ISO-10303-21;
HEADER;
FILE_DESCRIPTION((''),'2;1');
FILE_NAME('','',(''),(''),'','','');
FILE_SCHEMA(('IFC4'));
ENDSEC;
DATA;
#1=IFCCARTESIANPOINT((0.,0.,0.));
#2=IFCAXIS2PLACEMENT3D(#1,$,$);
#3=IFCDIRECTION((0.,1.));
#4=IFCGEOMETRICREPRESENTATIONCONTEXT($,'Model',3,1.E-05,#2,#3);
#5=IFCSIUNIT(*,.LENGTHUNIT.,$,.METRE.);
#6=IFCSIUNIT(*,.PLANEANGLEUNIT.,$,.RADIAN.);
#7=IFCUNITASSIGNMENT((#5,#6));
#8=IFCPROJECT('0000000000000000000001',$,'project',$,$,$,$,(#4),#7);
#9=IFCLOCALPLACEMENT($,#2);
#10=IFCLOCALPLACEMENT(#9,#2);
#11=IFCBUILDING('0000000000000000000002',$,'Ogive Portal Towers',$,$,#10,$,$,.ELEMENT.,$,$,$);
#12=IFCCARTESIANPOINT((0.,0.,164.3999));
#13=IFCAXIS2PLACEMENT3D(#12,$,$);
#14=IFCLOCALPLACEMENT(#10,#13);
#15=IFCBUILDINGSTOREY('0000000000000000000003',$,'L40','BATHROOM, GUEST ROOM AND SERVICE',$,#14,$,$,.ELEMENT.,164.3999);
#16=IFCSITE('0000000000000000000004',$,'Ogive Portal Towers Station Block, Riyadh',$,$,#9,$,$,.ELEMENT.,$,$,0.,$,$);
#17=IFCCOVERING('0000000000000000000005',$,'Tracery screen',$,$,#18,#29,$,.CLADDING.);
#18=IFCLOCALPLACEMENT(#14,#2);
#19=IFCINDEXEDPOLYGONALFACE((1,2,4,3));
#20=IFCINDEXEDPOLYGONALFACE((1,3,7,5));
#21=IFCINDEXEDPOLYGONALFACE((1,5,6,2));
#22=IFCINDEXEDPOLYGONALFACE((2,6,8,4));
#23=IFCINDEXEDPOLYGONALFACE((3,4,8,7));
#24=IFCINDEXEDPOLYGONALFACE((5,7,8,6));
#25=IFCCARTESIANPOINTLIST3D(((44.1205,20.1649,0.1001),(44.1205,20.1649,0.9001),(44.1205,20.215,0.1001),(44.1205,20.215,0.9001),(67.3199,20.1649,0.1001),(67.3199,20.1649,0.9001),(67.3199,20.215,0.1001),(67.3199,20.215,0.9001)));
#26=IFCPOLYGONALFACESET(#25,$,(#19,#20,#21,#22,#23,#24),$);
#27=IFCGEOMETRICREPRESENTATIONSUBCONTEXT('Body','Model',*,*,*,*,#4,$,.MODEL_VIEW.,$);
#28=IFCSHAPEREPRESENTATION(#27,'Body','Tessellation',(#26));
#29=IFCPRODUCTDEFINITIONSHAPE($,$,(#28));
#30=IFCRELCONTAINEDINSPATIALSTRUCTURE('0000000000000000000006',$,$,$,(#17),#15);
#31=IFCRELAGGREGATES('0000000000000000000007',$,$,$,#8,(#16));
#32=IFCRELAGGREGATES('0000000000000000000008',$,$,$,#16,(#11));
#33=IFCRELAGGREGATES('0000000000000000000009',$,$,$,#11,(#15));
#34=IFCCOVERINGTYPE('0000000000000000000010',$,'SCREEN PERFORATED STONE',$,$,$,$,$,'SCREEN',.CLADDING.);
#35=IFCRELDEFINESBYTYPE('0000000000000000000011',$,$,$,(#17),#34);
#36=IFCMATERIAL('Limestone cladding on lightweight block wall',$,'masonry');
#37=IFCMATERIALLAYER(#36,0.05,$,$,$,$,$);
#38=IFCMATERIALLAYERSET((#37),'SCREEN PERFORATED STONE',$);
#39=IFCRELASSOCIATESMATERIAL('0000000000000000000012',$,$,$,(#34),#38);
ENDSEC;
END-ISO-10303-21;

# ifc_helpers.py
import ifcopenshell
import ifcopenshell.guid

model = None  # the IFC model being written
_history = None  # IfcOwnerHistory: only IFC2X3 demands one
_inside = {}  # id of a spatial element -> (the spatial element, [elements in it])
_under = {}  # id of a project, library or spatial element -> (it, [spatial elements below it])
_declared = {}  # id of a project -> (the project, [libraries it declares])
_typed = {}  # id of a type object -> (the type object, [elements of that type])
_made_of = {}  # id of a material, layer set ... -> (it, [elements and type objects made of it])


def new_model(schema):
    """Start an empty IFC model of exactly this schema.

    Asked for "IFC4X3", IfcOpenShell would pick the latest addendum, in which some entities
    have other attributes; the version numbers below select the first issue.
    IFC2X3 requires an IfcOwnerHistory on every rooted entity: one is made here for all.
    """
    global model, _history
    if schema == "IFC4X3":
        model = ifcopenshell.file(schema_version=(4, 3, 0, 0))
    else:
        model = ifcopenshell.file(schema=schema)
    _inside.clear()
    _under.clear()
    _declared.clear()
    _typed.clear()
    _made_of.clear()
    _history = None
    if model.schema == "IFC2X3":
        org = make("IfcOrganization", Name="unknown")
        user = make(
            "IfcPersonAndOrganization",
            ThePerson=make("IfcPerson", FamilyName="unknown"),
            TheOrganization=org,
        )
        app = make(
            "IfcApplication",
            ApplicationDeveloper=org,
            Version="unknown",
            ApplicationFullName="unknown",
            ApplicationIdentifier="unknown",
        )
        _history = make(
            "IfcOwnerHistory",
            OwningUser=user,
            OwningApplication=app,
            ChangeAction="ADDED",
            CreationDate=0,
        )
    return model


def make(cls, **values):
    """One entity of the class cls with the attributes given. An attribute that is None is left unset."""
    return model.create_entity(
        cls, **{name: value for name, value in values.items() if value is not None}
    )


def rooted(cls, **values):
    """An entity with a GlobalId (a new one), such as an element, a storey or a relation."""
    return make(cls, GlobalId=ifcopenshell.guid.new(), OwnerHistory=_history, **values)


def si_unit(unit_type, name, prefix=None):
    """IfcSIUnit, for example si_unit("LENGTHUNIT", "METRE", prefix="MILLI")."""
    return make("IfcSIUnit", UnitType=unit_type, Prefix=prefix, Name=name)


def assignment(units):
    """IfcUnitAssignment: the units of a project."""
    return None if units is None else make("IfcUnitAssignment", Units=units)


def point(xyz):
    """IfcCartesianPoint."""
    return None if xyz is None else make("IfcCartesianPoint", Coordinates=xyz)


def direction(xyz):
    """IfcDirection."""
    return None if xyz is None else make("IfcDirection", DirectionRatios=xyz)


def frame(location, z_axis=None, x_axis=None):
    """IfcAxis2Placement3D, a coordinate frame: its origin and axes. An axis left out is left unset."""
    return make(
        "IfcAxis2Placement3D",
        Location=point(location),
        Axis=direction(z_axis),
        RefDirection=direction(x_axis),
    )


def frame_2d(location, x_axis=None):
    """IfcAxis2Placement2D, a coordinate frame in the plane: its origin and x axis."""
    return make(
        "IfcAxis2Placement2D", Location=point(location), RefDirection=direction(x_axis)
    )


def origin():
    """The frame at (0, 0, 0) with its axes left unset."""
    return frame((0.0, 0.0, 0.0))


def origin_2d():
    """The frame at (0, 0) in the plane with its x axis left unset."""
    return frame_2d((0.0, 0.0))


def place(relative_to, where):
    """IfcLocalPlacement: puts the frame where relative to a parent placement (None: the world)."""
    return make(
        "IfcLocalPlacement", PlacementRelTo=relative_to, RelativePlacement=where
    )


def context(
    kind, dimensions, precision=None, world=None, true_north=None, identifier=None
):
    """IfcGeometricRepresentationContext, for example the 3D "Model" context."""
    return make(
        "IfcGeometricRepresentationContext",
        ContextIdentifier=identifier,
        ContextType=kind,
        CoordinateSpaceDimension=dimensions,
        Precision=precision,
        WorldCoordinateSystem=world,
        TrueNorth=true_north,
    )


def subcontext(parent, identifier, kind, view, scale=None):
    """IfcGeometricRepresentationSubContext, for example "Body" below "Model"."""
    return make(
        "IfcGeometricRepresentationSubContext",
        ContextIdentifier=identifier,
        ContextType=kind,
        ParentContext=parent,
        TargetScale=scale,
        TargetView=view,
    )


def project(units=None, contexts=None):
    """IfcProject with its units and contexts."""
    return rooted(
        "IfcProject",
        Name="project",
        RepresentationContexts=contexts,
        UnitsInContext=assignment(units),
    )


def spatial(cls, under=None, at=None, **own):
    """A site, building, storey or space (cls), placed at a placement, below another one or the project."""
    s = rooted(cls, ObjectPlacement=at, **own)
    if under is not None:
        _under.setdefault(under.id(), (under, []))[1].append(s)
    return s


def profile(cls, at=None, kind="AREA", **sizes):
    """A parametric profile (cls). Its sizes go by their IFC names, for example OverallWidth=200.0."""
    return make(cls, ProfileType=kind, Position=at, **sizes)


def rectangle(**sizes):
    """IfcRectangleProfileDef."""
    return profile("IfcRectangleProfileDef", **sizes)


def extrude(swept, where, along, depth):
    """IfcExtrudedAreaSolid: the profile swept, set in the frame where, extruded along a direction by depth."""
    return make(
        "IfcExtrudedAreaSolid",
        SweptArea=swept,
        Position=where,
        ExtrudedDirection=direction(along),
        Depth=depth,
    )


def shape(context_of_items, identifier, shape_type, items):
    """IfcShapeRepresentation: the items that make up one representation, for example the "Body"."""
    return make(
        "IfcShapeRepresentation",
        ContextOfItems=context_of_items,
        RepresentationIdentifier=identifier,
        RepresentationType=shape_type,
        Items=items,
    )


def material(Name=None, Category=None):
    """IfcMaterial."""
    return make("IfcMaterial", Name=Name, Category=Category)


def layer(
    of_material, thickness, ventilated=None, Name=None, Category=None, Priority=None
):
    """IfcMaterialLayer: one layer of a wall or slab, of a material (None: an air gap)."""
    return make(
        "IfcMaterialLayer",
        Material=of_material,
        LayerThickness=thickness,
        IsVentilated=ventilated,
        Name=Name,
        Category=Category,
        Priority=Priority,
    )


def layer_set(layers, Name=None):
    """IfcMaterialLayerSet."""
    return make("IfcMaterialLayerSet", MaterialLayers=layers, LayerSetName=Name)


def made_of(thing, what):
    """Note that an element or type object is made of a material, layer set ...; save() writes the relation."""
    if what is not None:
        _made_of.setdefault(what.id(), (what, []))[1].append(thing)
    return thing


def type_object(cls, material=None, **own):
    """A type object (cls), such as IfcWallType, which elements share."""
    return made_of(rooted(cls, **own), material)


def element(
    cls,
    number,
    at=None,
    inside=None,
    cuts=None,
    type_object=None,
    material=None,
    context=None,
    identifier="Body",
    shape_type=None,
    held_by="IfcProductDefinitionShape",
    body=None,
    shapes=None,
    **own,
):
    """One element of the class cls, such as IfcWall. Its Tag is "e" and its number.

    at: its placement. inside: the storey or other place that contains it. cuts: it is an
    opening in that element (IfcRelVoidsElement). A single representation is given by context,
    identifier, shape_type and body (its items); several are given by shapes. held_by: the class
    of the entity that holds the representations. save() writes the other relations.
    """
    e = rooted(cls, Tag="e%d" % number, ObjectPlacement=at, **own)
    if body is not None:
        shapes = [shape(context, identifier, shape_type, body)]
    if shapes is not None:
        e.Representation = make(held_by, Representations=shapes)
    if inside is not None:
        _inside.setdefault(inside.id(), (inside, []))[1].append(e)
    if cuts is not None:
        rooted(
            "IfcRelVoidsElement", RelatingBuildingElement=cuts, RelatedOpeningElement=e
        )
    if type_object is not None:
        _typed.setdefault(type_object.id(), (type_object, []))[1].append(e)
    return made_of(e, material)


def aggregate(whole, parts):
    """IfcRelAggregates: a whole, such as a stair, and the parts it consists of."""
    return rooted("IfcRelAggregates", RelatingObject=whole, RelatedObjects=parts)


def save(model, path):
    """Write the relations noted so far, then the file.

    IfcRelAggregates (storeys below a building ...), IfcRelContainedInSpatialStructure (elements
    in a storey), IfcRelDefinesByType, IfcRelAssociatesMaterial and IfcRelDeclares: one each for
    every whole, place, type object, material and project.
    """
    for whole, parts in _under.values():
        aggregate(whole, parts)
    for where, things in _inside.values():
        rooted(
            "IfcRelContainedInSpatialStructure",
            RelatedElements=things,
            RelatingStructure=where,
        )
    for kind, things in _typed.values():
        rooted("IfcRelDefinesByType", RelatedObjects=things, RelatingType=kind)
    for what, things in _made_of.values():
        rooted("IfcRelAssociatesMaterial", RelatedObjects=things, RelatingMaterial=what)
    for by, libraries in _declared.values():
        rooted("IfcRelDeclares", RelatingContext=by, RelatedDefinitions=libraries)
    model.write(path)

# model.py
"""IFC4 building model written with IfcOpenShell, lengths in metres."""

from ifc_helpers import new_model, si_unit, direction, frame, origin, origin_2d, place, context, subcontext, project, spatial, rectangle, extrude, material, layer, layer_set, type_object, element, save


model = new_model("IFC4")

# Units and contexts
model_context = context("Model", 3, precision=1e-05, world=origin(), true_north=direction((0.0, 1.0)))
body_context = subcontext(model_context, "Body", "Model", "MODEL_VIEW")
ifc_project = project(units=[si_unit("LENGTHUNIT", "METRE"), si_unit("PLANEANGLEUNIT", "RADIAN")], contexts=[model_context])

# Site, building, storey
site_placement = place(None, origin())
site = spatial("IfcSite", under=ifc_project, at=site_placement, Name="Ogive Portal Towers Station Block, Riyadh", CompositionType="ELEMENT", RefElevation=0.0)
building_placement = place(site_placement, origin())
building = spatial("IfcBuilding", under=site, at=building_placement, Name="Ogive Portal Towers", CompositionType="ELEMENT")
storey_placement = place(building_placement, frame((0.0, 0.0, 164.3999)))
storey = spatial("IfcBuildingStorey", under=building, at=storey_placement, Name="L40", Description="BATHROOM, GUEST ROOM AND SERVICE", CompositionType="ELEMENT", Elevation=164.3999)

# Covering
ifc_material_1 = material(Name="Limestone cladding on lightweight block wall", Category="masonry")
ifc_layer_1 = layer(ifc_material_1, 0.05)
ifc_layer_set_1 = layer_set([ifc_layer_1], Name="SCREEN PERFORATED STONE")
covering_type_1 = type_object("IfcCoveringType", Name="SCREEN PERFORATED STONE", ElementType="SCREEN", PredefinedType="CLADDING", material=ifc_layer_set_1)
covering_placement = place(storey_placement, frame((55.7202, 20.1899, 0.1001), z_axis=(0.0, 0.0, 1.0), x_axis=(1.0, 0.0, 0.0)))
element("IfcCovering", 1, at=covering_placement, inside=storey, type_object=covering_type_1, Name="Tracery screen", PredefinedType="CLADDING", context=body_context, shape_type="SweptSolid", body=[
    extrude(rectangle(XDim=23.1995, YDim=0.05, at=origin_2d()), origin(), (0.0, 0.0, 1.0), 0.8),
])

save(model, "model.ifc")
